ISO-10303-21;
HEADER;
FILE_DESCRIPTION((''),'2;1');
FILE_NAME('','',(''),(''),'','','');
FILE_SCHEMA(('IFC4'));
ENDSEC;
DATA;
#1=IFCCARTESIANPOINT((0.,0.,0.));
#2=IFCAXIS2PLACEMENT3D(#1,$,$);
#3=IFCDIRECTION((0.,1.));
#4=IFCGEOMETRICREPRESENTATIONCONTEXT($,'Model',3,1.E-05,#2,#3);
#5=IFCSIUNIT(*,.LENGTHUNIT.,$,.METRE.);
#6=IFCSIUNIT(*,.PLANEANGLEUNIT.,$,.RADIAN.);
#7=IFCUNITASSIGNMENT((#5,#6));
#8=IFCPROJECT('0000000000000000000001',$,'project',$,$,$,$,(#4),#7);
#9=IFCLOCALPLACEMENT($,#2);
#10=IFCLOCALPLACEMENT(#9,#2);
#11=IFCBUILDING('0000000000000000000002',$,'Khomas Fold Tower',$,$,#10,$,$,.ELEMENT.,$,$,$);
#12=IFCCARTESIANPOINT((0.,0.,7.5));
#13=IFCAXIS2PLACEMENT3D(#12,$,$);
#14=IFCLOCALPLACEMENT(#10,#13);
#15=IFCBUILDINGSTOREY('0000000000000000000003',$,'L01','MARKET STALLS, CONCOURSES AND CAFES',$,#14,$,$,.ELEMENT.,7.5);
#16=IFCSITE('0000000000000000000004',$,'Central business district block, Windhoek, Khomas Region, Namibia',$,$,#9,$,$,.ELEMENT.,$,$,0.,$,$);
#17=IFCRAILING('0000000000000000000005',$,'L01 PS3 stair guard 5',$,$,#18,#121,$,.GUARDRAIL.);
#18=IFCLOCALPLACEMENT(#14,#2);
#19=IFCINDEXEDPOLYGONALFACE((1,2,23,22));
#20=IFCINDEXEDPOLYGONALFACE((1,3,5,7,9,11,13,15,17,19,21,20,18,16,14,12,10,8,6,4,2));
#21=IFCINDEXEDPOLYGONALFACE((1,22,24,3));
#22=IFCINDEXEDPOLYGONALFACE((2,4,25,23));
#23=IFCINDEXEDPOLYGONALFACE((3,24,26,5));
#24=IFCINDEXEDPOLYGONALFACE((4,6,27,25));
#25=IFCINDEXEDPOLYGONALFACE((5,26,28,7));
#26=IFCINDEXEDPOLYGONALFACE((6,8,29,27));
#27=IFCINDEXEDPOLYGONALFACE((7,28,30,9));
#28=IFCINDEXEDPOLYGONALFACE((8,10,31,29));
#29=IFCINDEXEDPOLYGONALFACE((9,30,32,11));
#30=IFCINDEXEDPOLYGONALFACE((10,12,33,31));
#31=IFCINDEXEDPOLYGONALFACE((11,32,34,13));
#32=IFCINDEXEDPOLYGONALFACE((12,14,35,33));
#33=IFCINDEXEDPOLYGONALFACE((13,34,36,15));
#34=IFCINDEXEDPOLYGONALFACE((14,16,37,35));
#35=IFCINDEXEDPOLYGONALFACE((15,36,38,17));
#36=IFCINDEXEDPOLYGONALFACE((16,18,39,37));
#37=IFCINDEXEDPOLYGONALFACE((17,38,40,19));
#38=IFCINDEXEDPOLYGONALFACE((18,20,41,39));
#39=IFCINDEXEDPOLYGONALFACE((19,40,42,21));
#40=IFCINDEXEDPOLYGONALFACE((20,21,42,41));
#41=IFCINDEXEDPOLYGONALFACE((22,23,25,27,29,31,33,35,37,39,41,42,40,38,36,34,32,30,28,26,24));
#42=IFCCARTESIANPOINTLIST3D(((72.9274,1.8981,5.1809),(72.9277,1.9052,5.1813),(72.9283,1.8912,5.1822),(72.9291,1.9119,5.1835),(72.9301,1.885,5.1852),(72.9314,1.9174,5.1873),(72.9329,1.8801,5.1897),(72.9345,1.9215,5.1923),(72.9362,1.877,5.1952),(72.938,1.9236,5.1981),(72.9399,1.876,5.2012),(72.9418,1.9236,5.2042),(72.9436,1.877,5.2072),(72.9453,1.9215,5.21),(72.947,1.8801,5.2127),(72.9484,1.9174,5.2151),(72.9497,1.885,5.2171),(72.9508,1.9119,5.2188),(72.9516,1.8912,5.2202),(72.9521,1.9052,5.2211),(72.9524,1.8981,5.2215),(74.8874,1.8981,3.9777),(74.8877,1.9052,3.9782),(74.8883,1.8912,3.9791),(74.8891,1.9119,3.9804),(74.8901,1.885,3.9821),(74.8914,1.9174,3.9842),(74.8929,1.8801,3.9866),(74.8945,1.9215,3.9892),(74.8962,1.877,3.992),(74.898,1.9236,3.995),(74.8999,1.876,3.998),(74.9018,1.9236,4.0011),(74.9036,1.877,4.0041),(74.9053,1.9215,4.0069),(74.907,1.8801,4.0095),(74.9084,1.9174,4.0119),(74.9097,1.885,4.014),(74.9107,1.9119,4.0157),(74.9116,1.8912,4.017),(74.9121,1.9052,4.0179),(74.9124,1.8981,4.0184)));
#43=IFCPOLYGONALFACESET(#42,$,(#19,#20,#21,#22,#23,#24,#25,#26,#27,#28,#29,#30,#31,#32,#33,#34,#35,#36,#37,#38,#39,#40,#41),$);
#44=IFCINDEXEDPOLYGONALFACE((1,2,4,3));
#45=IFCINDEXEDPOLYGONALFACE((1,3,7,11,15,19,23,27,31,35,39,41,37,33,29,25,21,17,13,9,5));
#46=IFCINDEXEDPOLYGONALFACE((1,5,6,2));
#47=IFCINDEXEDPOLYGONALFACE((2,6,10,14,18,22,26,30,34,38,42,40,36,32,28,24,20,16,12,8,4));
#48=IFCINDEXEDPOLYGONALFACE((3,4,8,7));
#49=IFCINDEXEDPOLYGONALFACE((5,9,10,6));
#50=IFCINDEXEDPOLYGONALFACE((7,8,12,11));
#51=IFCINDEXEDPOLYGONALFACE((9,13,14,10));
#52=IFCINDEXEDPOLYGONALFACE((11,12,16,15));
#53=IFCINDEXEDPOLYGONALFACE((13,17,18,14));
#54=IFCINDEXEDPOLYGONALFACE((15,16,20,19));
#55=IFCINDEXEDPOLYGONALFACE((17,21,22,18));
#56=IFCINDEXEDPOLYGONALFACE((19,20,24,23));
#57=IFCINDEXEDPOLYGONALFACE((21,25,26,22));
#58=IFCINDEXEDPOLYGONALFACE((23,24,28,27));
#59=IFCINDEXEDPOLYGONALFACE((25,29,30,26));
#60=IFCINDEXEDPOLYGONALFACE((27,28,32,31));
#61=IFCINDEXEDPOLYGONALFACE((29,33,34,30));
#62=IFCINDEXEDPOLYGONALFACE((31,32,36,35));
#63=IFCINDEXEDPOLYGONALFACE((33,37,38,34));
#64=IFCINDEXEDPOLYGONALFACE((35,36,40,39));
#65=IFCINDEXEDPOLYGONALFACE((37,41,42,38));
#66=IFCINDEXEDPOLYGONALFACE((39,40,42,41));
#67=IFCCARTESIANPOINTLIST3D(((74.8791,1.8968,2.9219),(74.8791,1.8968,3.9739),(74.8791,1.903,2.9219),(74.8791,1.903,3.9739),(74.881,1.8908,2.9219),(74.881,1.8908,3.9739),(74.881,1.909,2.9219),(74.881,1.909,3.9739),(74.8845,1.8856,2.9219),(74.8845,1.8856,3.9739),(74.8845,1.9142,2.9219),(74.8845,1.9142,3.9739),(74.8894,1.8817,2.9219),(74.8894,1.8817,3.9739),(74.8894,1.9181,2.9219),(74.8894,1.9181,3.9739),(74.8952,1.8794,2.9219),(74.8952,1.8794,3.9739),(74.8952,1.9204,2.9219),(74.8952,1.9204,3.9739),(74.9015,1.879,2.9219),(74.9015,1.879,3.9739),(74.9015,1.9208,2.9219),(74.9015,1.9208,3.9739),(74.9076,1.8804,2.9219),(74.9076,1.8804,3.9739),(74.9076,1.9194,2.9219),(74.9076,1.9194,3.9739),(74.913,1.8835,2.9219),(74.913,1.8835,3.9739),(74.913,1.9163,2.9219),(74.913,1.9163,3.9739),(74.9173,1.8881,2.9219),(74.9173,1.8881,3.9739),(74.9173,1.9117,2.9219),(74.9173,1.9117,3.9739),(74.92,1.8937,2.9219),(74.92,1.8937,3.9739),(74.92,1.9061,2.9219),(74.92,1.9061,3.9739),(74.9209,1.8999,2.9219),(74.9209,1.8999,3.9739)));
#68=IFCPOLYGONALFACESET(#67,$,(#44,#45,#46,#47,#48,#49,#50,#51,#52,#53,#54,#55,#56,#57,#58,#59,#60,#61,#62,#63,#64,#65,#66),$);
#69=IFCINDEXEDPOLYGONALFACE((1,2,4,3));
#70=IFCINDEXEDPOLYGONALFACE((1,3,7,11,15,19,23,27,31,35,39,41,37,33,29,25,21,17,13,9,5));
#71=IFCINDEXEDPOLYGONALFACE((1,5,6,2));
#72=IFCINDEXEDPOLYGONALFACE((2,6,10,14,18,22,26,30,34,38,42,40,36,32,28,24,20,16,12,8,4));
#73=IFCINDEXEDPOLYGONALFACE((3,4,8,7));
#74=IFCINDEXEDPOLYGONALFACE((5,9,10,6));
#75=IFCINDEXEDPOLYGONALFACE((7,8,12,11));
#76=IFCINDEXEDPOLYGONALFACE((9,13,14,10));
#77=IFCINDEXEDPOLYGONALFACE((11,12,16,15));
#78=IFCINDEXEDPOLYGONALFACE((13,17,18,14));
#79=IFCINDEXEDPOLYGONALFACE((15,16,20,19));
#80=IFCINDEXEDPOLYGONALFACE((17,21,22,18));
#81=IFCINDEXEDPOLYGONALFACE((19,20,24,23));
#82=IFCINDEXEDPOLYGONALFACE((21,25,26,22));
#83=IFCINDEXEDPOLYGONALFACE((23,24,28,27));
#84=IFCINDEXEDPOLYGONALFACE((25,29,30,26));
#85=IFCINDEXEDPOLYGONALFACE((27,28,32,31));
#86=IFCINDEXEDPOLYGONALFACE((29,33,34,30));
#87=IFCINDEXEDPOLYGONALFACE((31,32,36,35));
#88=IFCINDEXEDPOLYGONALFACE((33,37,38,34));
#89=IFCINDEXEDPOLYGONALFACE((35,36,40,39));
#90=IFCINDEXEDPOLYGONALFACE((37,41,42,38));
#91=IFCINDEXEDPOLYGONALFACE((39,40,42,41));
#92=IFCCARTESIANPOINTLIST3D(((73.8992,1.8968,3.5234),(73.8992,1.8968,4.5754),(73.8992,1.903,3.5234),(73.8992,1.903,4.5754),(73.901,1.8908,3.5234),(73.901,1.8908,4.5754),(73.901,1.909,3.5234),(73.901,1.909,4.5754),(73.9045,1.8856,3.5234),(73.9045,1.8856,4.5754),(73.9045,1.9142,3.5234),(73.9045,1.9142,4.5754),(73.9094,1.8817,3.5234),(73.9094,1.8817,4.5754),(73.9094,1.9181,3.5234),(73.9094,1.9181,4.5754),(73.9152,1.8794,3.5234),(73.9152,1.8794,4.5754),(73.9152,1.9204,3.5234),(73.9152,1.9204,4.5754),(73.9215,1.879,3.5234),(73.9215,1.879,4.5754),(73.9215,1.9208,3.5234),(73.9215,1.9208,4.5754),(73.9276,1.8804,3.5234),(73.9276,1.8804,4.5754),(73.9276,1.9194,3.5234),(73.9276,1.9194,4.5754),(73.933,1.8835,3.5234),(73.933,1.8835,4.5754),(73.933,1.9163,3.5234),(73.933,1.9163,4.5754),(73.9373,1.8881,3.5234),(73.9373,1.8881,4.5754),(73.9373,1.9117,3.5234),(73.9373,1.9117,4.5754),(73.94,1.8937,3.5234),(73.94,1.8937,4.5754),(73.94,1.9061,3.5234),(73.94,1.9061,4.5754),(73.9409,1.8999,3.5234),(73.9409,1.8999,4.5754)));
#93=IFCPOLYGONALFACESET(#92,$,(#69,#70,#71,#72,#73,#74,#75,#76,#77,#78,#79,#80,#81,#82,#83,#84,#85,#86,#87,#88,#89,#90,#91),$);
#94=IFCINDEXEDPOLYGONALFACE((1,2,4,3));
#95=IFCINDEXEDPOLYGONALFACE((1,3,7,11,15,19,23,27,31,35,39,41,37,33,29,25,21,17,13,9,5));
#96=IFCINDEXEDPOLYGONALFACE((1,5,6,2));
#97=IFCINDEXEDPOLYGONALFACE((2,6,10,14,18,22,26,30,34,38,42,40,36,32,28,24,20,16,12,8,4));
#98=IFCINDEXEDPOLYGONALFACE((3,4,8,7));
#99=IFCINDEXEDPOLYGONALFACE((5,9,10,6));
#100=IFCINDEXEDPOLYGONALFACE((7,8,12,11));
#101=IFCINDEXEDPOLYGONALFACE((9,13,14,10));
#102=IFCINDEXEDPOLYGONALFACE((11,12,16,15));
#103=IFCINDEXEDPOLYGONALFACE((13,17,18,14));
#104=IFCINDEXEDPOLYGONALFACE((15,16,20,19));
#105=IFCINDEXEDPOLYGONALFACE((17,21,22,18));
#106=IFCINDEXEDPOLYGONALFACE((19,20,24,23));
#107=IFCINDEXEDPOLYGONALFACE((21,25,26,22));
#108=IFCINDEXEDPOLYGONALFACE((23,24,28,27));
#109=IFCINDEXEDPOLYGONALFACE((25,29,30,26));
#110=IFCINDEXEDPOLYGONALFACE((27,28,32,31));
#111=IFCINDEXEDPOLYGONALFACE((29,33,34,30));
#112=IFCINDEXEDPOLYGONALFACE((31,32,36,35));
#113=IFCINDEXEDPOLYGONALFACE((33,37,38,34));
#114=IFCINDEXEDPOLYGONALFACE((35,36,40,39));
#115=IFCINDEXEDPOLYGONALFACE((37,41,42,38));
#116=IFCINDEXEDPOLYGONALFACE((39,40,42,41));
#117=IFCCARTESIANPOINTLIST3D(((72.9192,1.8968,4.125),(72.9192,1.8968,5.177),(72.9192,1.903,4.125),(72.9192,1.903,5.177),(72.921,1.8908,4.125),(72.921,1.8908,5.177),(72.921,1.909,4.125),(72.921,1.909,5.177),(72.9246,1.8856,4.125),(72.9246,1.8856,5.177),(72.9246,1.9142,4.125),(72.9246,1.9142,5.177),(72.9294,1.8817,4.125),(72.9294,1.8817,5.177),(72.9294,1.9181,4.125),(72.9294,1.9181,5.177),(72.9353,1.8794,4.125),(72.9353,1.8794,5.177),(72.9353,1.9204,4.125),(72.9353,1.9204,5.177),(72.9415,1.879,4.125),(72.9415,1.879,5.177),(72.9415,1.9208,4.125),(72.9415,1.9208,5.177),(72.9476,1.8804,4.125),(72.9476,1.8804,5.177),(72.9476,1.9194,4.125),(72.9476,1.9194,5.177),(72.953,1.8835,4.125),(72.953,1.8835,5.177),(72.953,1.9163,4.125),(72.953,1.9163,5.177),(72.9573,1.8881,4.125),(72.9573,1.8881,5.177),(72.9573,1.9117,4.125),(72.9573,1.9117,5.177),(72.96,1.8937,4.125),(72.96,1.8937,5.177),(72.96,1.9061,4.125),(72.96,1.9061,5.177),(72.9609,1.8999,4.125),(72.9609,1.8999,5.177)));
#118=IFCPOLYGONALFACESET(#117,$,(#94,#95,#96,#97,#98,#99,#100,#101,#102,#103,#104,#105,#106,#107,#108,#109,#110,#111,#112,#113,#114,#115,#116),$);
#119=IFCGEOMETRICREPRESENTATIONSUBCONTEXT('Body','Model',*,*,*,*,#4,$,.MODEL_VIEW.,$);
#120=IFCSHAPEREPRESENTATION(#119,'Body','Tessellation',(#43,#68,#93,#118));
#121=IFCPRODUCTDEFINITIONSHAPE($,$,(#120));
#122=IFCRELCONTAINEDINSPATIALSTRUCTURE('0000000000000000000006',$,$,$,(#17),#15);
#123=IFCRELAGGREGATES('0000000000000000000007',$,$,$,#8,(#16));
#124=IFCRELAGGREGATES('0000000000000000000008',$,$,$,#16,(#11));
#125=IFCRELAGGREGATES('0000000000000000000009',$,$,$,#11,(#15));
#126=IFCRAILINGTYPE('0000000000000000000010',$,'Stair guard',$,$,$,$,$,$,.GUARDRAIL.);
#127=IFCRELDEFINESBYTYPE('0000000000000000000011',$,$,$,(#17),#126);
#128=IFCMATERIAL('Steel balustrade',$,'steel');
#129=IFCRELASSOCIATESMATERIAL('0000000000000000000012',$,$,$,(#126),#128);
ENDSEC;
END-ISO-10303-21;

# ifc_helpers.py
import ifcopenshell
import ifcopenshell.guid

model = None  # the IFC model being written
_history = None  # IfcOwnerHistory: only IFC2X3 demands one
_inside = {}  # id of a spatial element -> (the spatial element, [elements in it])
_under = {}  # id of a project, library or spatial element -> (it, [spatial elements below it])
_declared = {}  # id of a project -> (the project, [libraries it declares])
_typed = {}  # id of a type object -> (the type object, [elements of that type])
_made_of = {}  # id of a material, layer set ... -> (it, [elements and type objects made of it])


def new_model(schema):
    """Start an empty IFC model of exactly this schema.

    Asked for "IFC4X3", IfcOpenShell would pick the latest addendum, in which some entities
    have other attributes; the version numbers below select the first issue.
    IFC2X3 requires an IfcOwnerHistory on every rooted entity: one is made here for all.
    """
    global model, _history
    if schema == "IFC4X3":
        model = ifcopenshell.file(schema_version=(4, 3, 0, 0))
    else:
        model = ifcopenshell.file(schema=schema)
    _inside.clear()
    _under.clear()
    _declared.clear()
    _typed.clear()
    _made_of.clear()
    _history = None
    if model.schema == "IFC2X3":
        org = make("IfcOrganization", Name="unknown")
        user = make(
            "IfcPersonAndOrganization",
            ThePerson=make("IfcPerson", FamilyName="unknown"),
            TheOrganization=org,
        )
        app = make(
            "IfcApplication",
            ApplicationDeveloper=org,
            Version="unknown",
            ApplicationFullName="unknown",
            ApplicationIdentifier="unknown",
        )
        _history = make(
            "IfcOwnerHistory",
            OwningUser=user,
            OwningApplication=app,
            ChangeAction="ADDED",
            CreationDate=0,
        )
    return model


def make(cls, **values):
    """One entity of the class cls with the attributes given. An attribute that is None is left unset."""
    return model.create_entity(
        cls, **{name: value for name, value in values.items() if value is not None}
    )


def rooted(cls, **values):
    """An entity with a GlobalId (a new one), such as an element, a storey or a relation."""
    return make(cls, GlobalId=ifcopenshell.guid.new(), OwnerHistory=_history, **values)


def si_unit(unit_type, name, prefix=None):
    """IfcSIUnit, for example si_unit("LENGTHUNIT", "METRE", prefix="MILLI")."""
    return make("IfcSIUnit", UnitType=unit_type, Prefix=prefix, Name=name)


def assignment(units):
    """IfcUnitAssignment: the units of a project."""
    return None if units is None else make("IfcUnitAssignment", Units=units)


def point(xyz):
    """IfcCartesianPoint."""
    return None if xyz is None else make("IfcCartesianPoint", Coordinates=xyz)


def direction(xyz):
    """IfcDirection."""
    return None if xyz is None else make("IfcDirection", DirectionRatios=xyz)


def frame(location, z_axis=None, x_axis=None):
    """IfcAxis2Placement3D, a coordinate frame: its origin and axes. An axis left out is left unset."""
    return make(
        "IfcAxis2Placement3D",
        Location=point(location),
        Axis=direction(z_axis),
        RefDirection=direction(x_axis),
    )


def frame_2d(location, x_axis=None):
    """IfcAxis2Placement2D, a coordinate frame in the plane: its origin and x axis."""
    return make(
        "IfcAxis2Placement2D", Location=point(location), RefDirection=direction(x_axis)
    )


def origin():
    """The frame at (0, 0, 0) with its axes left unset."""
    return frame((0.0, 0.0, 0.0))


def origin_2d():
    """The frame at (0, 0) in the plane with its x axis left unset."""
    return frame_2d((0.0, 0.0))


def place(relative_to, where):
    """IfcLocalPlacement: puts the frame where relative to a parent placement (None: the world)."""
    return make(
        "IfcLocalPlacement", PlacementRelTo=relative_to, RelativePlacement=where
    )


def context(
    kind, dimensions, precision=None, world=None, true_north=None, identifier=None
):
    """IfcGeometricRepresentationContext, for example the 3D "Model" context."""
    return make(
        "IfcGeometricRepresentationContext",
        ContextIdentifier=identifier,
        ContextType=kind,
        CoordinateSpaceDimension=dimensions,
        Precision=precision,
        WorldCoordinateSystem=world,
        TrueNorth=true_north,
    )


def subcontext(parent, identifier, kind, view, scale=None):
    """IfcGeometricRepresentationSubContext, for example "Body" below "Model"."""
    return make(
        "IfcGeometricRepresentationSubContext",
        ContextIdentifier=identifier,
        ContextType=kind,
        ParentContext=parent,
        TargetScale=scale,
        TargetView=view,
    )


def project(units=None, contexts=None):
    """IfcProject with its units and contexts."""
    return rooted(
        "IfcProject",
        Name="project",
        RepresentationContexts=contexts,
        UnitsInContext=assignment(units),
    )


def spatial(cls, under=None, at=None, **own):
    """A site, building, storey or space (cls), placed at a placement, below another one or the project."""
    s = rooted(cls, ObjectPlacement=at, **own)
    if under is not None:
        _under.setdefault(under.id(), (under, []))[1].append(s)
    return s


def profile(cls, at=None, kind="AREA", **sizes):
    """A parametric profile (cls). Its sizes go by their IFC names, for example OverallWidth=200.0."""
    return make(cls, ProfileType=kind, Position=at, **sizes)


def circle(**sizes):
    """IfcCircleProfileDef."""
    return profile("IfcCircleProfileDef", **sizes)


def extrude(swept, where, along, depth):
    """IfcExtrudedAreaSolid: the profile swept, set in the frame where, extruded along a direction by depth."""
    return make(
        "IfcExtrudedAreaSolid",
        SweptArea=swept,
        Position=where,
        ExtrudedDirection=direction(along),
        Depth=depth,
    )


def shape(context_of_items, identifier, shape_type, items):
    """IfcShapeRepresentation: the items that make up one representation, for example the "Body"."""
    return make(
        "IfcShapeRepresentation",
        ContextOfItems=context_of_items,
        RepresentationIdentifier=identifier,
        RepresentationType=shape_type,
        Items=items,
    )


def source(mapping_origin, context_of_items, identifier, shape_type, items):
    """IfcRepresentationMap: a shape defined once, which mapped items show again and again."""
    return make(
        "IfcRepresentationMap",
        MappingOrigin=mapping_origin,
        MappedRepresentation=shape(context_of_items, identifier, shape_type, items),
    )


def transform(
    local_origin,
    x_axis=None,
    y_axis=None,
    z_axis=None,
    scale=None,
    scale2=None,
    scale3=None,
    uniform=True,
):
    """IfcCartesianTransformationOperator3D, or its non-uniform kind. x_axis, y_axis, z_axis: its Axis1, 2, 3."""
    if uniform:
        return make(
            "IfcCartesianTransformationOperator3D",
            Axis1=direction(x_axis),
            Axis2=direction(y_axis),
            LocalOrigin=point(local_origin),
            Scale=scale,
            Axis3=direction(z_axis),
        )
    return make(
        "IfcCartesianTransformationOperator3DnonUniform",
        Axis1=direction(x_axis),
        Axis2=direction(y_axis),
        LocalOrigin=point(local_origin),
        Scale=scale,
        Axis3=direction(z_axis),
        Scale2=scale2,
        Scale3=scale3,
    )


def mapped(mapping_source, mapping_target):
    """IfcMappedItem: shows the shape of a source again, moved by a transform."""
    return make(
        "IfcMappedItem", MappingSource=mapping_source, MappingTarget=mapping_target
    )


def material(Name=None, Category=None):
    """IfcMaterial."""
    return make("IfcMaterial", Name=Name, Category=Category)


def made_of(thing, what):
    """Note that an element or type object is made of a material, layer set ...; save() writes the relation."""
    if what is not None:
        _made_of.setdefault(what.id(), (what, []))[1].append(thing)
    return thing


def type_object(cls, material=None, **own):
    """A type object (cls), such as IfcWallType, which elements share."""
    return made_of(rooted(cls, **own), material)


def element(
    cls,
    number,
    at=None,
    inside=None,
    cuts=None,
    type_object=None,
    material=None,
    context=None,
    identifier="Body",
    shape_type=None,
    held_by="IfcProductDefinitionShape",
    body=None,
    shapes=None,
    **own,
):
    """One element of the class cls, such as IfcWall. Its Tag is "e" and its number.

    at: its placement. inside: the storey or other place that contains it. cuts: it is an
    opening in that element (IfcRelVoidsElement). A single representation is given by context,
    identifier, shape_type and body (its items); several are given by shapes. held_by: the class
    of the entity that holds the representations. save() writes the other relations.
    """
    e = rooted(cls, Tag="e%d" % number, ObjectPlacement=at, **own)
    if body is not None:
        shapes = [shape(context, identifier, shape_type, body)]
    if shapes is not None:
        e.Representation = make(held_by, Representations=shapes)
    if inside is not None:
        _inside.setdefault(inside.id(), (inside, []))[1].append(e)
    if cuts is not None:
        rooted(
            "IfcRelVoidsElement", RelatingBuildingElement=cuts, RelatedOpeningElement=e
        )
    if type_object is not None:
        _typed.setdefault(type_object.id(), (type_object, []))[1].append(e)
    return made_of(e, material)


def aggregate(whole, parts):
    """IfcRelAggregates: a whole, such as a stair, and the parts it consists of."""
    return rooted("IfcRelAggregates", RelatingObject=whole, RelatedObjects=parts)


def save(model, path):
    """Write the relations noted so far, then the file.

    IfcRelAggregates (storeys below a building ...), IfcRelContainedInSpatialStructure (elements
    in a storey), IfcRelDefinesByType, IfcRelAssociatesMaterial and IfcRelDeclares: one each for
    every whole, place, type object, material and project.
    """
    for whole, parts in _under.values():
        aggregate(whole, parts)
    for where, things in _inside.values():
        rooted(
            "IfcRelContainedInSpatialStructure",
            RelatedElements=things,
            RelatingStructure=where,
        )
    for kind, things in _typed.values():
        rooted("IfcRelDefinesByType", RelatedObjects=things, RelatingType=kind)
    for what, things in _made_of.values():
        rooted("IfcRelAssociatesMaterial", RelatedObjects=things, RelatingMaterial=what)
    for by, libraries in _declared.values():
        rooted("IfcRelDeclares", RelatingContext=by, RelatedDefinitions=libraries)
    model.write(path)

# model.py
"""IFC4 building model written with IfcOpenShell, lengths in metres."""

from ifc_helpers import new_model, si_unit, direction, frame, origin, origin_2d, place, context, subcontext, project, spatial, circle, extrude, source, transform, mapped, material, type_object, element, save


model = new_model("IFC4")

# Units and contexts
model_context = context("Model", 3, precision=1e-05, world=origin(), true_north=direction((0.0, 1.0)))
body_context = subcontext(model_context, "Body", "Model", "MODEL_VIEW")
ifc_project = project(units=[si_unit("LENGTHUNIT", "METRE"), si_unit("PLANEANGLEUNIT", "RADIAN")], contexts=[model_context])

# Site, building, storey
site_placement = place(None, origin())
site = spatial("IfcSite", under=ifc_project, at=site_placement, Name="Central business district block, Windhoek, Khomas Region, Namibia", CompositionType="ELEMENT", RefElevation=0.0)
building_placement = place(site_placement, origin())
building = spatial("IfcBuilding", under=site, at=building_placement, Name="Khomas Fold Tower", CompositionType="ELEMENT")
storey_placement = place(building_placement, frame((0.0, 0.0, 7.5)))
storey = spatial("IfcBuildingStorey", under=building, at=storey_placement, Name="L01", Description="MARKET STALLS, CONCOURSES AND CAFES", CompositionType="ELEMENT", Elevation=7.5)

# Railing
ifc_material_1 = material(Name="Steel balustrade", Category="steel")
railing_type_1 = type_object("IfcRailingType", Name="Stair guard", PredefinedType="GUARDRAIL", material=ifc_material_1)
shared_shape_1 = source(origin(), body_context, "Body", "SweptSolid", [
    extrude(circle(Radius=0.0239, at=origin_2d()), frame((0.0, 0.0, 1.0762), z_axis=(-0.852241, 0.0, 0.523149), x_axis=(0.0, -1.0, 0.0)), (0.0, 0.0, 1.0), 2.2998),
    extrude(circle(Radius=0.021, at=origin_2d()), origin(), (0.0, 0.0, 1.0), 1.052),
    extrude(circle(Radius=0.021, at=origin_2d()), frame((-0.98, 0.0, 0.6016)), (0.0, 0.0, 1.0), 1.052),
    extrude(circle(Radius=0.021, at=origin_2d()), frame((-1.96, 0.0, 1.2031)), (0.0, 0.0, 1.0), 1.052),
])
for number, where, name in (
    (1, (74.8999, 1.8999, 2.9219), "L01 PS3 stair guard 5"),
):
    element("IfcRailing", number, at=place(storey_placement, frame(where)), inside=storey, type_object=railing_type_1, Name=name, PredefinedType="GUARDRAIL", context=body_context, shape_type="MappedRepresentation", body=[
        mapped(shared_shape_1, transform((0.0, 0.0, 0.0))),
    ])

save(model, "model.ifc")
